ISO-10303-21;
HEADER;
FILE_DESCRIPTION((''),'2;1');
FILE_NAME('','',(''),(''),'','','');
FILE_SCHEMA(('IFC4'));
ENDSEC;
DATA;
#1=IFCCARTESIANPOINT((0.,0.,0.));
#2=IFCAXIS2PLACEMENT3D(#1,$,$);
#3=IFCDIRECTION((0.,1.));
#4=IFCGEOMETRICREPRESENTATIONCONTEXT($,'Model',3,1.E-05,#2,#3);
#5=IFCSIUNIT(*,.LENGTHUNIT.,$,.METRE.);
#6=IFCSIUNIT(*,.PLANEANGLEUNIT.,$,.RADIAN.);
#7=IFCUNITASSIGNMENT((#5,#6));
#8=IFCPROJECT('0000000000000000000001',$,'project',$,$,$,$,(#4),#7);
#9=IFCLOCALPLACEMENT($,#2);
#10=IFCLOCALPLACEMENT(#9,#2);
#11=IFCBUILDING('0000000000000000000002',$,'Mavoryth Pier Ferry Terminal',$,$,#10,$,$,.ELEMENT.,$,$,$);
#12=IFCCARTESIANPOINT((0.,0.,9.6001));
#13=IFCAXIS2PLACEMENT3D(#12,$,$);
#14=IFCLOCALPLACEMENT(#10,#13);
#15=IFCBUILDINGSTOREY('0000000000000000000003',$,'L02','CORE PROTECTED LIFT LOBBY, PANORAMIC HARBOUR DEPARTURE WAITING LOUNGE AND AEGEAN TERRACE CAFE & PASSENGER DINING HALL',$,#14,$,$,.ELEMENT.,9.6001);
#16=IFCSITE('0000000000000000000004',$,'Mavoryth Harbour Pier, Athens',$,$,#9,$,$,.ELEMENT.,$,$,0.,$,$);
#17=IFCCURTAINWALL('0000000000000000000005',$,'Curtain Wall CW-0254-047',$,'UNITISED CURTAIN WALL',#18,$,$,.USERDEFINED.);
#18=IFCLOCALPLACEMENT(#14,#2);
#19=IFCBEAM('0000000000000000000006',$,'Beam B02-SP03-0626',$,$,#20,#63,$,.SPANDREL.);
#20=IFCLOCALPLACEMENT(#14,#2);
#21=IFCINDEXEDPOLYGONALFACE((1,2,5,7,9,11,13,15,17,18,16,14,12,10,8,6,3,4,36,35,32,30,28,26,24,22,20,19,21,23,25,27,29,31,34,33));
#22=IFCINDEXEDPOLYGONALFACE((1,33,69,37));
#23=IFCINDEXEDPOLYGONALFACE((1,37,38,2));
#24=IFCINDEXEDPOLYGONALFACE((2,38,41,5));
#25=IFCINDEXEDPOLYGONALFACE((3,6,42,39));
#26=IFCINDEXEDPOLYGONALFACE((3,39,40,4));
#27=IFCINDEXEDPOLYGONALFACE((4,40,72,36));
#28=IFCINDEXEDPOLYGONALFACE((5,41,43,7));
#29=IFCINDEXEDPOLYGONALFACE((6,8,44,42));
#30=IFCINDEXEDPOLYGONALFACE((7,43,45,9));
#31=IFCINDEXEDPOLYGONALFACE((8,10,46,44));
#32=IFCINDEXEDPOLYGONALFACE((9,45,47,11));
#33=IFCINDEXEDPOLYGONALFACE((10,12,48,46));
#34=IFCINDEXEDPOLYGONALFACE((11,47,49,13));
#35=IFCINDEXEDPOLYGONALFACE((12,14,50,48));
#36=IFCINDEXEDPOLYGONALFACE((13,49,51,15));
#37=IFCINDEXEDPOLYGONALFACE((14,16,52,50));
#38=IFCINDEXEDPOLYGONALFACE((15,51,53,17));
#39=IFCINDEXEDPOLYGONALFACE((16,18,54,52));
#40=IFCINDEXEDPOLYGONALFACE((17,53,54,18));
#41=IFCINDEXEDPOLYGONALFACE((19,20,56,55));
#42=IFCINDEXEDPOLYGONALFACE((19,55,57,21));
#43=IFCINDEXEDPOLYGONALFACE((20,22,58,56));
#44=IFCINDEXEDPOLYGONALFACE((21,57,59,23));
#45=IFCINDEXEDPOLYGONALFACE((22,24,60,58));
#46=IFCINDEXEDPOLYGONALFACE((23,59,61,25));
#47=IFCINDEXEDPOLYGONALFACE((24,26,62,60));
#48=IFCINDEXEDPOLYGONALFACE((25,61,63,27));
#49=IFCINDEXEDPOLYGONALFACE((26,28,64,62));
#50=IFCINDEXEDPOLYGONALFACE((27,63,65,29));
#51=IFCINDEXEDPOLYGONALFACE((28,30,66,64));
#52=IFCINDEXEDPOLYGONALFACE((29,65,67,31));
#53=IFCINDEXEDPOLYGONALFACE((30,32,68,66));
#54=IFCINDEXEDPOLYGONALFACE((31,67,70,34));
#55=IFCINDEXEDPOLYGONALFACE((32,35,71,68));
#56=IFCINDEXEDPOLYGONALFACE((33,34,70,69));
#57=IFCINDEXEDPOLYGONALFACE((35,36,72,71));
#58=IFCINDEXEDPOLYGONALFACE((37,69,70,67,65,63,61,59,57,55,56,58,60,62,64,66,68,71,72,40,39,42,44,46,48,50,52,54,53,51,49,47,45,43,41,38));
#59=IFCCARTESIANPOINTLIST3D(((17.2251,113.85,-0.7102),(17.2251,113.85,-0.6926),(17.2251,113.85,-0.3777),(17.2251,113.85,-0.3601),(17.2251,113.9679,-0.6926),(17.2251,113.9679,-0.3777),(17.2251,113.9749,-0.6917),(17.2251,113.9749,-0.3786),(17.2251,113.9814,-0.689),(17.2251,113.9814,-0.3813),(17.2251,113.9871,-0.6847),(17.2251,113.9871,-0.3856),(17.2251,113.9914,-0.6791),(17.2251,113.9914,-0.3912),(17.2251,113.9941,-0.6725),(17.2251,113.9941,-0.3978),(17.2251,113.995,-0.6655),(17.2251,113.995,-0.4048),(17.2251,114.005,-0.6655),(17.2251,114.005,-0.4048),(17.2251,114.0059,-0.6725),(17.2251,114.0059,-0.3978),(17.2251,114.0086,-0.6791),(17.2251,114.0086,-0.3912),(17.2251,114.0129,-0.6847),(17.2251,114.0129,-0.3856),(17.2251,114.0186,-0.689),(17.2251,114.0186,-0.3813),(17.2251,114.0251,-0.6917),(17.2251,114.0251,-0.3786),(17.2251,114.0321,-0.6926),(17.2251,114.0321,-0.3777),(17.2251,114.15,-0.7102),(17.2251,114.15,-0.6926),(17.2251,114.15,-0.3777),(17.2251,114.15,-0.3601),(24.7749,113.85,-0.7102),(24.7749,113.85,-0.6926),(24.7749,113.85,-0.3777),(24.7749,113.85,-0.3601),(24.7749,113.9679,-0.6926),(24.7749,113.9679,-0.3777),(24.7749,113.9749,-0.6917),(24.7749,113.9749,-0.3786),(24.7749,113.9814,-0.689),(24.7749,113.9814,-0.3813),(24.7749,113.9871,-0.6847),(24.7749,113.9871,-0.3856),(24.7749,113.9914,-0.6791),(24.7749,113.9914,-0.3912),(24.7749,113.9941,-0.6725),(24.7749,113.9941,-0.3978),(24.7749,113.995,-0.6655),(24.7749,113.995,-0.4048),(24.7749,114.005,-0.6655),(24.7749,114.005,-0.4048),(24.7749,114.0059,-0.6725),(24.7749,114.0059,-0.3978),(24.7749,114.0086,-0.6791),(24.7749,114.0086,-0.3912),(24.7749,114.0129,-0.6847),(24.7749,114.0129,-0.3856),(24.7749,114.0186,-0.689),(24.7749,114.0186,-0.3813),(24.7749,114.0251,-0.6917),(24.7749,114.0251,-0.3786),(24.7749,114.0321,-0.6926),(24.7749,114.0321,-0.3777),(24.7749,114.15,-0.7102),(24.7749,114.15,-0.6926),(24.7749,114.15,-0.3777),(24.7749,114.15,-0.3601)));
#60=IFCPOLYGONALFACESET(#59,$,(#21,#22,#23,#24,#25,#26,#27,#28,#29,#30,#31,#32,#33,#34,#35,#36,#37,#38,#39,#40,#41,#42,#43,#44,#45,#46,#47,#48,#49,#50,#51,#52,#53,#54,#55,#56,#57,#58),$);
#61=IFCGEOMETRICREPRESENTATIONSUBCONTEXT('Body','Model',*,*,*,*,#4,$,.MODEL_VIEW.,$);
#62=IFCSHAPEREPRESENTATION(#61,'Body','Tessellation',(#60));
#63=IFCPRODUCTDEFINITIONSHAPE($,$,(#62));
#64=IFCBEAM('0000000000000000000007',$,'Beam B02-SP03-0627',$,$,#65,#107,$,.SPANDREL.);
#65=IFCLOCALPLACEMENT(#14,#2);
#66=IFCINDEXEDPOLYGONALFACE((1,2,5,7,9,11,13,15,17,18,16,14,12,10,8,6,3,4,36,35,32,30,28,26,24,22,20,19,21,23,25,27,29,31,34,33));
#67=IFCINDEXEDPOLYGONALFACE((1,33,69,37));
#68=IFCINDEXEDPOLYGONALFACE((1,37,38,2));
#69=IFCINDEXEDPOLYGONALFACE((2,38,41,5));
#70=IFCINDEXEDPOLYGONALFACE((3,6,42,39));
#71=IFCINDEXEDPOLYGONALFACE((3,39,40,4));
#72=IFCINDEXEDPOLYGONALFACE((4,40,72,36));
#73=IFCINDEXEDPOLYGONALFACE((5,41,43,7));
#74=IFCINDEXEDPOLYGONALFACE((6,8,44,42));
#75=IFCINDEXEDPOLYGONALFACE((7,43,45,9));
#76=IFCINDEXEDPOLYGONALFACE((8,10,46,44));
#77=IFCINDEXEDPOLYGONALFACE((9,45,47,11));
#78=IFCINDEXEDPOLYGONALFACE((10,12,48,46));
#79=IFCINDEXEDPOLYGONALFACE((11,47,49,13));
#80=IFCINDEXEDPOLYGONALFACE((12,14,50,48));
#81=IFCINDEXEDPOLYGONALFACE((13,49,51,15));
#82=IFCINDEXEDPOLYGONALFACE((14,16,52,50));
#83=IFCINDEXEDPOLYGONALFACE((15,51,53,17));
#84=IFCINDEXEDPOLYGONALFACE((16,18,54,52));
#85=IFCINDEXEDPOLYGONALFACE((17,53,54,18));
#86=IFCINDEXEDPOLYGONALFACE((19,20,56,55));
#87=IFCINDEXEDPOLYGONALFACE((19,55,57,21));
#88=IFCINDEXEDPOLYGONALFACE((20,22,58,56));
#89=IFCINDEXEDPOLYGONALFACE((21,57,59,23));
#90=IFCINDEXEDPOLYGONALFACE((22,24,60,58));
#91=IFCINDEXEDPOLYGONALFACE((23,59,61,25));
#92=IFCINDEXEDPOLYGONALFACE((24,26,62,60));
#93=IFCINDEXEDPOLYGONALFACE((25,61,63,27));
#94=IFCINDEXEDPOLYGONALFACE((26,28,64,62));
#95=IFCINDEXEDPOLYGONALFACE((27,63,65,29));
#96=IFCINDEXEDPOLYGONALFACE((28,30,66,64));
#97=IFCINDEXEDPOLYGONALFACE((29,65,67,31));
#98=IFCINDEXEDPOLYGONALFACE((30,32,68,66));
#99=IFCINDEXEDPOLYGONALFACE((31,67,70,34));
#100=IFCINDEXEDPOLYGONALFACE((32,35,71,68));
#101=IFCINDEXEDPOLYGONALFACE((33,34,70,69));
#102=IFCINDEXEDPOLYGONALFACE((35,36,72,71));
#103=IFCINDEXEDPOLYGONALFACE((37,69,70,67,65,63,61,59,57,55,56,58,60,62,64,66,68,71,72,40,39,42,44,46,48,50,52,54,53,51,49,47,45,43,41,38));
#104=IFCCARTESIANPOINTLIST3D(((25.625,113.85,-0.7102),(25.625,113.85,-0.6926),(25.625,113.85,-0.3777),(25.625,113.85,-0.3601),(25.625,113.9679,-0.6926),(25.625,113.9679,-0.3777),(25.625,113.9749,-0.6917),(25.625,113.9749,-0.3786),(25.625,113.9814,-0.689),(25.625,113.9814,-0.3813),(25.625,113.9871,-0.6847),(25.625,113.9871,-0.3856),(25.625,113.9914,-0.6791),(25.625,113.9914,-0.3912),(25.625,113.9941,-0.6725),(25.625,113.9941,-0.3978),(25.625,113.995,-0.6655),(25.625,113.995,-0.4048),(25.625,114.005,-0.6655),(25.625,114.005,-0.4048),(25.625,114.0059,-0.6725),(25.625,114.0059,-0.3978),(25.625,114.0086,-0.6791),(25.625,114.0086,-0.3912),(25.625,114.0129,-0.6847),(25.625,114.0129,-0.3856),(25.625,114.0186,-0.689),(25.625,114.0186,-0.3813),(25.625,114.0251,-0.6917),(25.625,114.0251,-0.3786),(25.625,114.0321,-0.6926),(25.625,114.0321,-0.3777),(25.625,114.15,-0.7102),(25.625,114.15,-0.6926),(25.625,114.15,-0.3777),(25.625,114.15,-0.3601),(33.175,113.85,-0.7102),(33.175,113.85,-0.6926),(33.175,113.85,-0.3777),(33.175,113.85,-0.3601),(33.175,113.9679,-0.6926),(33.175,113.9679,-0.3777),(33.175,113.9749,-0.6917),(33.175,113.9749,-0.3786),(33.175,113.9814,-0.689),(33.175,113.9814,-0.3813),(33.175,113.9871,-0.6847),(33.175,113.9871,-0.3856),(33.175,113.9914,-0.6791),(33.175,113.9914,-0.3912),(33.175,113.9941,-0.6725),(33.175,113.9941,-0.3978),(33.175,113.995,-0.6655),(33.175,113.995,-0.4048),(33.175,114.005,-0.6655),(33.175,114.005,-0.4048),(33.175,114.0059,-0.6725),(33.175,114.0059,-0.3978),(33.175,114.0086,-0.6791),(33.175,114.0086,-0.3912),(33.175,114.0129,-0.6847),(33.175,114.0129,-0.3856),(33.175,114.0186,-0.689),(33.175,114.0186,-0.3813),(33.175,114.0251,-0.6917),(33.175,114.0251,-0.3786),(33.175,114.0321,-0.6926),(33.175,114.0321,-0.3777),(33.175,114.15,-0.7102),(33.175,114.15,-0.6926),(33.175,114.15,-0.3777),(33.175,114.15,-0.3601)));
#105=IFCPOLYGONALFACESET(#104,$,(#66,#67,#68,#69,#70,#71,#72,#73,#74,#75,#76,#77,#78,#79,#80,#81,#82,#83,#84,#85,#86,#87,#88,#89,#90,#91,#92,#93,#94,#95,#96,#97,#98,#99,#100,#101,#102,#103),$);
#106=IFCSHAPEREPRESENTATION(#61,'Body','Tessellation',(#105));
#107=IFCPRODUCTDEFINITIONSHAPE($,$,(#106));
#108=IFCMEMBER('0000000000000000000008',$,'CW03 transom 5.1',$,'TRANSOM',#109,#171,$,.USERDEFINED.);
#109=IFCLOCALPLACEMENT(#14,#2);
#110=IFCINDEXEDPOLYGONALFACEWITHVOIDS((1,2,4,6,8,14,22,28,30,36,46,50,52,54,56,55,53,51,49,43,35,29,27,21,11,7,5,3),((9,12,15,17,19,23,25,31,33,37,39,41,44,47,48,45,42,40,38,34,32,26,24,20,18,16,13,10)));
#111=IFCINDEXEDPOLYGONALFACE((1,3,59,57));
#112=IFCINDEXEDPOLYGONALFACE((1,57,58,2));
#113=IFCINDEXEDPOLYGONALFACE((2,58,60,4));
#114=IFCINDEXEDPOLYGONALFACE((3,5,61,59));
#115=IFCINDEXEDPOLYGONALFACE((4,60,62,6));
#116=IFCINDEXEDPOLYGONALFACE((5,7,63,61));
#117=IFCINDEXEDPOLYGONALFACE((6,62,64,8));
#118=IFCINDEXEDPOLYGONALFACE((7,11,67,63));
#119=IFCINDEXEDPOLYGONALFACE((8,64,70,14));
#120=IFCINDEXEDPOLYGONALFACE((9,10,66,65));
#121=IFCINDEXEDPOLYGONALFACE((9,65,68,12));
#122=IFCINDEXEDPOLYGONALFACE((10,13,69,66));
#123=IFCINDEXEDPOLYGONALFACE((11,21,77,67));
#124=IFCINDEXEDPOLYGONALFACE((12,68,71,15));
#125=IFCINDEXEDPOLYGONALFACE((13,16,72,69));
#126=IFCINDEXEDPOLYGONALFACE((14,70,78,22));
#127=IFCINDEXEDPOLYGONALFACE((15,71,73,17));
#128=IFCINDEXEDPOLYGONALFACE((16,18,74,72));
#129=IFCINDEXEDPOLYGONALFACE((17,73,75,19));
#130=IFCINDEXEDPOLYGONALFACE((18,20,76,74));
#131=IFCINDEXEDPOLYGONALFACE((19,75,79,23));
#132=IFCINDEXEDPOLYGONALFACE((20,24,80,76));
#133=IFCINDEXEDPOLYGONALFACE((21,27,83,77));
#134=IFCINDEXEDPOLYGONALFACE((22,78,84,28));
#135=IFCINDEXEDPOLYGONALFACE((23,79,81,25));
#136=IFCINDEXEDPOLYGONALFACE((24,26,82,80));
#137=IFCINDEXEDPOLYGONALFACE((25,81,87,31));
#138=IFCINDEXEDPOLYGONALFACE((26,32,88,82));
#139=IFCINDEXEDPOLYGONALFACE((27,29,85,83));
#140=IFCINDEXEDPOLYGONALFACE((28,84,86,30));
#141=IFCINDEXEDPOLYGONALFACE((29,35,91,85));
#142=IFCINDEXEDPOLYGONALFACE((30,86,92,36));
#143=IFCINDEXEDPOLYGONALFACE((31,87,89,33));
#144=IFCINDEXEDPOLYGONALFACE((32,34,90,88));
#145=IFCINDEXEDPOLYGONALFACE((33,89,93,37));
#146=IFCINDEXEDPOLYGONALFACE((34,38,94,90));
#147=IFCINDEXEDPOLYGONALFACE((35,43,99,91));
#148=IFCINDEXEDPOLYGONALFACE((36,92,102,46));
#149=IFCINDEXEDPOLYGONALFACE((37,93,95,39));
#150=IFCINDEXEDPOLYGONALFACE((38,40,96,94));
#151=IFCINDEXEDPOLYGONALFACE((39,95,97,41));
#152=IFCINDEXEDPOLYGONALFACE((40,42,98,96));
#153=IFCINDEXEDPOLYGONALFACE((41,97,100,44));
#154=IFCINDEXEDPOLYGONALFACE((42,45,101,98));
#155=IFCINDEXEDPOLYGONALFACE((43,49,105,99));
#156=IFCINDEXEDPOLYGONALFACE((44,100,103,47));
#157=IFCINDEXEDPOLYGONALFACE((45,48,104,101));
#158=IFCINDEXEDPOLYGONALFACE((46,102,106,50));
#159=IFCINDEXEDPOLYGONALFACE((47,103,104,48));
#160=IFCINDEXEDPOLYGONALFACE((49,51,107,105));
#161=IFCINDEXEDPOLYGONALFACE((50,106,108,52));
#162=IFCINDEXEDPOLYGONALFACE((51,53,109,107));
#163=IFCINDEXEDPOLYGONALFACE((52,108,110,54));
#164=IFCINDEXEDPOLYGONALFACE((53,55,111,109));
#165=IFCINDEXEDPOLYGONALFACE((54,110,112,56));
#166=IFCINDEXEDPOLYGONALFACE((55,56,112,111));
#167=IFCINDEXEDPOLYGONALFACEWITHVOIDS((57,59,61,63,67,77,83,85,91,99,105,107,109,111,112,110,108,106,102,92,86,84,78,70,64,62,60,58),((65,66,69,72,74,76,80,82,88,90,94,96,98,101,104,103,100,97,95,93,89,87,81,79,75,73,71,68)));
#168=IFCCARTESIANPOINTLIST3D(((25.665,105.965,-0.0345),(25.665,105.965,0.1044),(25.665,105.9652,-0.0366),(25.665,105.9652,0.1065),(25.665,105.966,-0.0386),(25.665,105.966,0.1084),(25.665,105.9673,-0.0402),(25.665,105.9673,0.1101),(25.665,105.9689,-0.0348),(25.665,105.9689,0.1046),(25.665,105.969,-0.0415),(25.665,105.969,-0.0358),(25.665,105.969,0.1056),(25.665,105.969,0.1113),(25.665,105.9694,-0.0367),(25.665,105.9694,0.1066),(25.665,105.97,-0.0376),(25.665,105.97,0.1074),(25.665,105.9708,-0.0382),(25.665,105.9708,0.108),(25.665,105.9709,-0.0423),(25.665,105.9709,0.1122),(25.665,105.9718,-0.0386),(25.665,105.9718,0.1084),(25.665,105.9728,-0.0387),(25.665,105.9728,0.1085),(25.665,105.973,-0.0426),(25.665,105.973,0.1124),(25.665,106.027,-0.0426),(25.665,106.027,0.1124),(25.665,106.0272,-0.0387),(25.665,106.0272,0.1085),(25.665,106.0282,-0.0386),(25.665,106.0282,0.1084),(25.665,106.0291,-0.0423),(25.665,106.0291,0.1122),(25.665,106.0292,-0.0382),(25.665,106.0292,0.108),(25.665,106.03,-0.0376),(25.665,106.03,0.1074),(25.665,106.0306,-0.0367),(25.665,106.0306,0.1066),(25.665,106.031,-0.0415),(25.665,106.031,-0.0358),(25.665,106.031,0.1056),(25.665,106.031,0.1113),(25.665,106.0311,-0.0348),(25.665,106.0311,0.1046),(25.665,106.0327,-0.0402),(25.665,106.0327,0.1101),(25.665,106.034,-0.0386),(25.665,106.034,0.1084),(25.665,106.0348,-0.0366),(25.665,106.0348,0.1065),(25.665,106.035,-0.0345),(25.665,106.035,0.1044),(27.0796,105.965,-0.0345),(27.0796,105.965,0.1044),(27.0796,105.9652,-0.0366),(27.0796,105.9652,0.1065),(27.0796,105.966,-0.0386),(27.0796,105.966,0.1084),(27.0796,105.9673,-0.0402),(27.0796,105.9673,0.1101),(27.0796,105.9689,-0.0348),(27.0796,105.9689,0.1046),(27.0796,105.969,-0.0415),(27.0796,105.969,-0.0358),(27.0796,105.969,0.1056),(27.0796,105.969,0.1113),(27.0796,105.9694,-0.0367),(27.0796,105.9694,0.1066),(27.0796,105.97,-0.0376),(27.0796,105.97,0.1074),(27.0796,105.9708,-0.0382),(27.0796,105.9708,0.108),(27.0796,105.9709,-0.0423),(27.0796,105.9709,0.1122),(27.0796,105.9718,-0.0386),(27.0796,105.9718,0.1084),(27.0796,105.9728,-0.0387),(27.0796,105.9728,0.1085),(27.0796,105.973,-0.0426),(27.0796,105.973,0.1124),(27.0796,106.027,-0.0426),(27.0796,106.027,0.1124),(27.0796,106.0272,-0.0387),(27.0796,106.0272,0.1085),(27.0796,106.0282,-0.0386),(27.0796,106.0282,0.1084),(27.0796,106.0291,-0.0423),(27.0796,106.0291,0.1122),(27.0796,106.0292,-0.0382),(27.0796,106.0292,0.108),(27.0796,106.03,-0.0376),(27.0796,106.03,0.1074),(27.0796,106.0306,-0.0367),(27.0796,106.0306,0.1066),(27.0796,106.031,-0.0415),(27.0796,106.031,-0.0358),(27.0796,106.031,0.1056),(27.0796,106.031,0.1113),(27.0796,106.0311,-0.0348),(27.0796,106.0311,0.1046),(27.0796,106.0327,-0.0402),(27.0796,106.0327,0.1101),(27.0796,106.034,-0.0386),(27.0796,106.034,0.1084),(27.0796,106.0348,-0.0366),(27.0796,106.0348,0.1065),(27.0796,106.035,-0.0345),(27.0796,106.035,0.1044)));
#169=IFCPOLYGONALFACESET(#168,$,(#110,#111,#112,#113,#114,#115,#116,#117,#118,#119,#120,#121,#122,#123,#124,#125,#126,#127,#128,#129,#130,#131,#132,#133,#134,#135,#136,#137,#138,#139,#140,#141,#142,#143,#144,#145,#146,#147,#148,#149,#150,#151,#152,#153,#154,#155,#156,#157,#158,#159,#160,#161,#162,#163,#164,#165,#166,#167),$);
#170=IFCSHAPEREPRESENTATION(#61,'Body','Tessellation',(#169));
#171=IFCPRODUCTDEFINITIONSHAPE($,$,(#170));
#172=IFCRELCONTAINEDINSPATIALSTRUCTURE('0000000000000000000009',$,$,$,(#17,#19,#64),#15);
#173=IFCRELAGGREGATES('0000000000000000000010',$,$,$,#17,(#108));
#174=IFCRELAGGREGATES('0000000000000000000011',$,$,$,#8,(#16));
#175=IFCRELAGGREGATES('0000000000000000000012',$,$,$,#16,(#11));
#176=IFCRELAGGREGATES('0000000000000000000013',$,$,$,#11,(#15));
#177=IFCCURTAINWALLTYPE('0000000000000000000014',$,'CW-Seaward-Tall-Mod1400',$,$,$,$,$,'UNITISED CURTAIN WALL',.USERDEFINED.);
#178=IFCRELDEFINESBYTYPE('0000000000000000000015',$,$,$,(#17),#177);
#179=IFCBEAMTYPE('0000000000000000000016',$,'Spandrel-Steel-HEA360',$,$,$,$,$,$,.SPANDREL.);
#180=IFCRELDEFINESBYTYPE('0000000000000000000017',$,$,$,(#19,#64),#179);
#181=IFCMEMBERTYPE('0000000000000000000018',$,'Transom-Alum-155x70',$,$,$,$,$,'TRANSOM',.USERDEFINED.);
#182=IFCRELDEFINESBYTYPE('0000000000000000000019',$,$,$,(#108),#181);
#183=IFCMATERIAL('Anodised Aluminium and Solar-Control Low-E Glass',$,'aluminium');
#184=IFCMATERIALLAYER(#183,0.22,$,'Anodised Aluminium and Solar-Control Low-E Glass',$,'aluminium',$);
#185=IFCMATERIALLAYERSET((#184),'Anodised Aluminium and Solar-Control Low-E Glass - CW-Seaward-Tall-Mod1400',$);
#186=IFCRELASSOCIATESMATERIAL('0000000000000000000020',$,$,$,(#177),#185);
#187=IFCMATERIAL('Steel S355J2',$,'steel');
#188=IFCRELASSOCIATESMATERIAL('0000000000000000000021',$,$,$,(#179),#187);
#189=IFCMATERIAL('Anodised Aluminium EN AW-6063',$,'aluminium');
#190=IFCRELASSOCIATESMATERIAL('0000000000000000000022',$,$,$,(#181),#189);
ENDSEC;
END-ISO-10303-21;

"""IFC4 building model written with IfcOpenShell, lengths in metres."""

from ifc_helpers import new_model, si_unit, direction, frame, origin, origin_2d, place, context, subcontext, project, spatial, hollow_rectangle, i_section, extrude, material, layer, layer_set, material_profile, profile_set, type_object, element, aggregate, save


model = new_model("IFC4")

# Units and contexts
model_context = context("Model", 3, precision=1e-05, world=origin(), true_north=direction((0.0, 1.0)))
body_context = subcontext(model_context, "Body", "Model", "MODEL_VIEW")
ifc_project = project(units=[si_unit("LENGTHUNIT", "METRE"), si_unit("PLANEANGLEUNIT", "RADIAN")], contexts=[model_context])

# Site, building, storey
site_placement = place(None, origin())
site = spatial("IfcSite", under=ifc_project, at=site_placement, Name="Mavoryth Harbour Pier, Athens", CompositionType="ELEMENT", RefElevation=0.0)
building_placement = place(site_placement, origin())
building = spatial("IfcBuilding", under=site, at=building_placement, Name="Mavoryth Pier Ferry Terminal", CompositionType="ELEMENT")
storey_placement = place(building_placement, frame((0.0, 0.0, 9.6001)))
storey = spatial("IfcBuildingStorey", under=building, at=storey_placement, Name="L02", Description="CORE PROTECTED LIFT LOBBY, PANORAMIC HARBOUR DEPARTURE WAITING LOUNGE AND AEGEAN TERRACE CAFE & PASSENGER DINING HALL", CompositionType="ELEMENT", Elevation=9.6001)

# Shared definitions
ifc_material_1 = material(Name="Steel S355J2", Category="steel")

# Curtain wall
ifc_material_2 = material(Name="Anodised Aluminium and Solar-Control Low-E Glass", Category="aluminium")
ifc_layer_1 = layer(ifc_material_2, 0.22, Name="Anodised Aluminium and Solar-Control Low-E Glass", Category="aluminium")
ifc_layer_set_1 = layer_set([ifc_layer_1], Name="Anodised Aluminium and Solar-Control Low-E Glass - CW-Seaward-Tall-Mod1400")
curtain_wall_type = type_object("IfcCurtainWallType", Name="CW-Seaward-Tall-Mod1400", ElementType="UNITISED CURTAIN WALL", PredefinedType="USERDEFINED", material=ifc_layer_set_1)
curtain_wall_placement = place(storey_placement, origin())
curtain_wall = element("IfcCurtainWall", 1, at=curtain_wall_placement, inside=storey, type_object=curtain_wall_type, Name="Curtain Wall CW-0254-047", ObjectType="UNITISED CURTAIN WALL", PredefinedType="USERDEFINED")
ifc_material_3 = material(Name="Anodised Aluminium EN AW-6063", Category="aluminium")

# Beams
ifc_material_profile_1 = material_profile(ifc_material_1, i_section(OverallWidth=0.3, OverallDepth=0.3501, WebThickness=0.01, FlangeThickness=0.0176, FilletRadius=0.0271, at=origin_2d()), Name="HEA 360", Category="steel")
ifc_profile_set_1 = profile_set([ifc_material_profile_1], Name="Steel S355J2 - HEA 360")
beam_type_1 = type_object("IfcBeamType", Name="Spandrel-Steel-HEA360", PredefinedType="SPANDREL", material=ifc_profile_set_1)
beam_1_placement = place(storey_placement, frame((17.2251, 114.0, -0.5352), z_axis=(1.0, 0.0, 0.0), x_axis=(0.0, 1.0, 0.0)))
element("IfcBeam", 2, at=beam_1_placement, inside=storey, type_object=beam_type_1, Name="Beam B02-SP03-0626", PredefinedType="SPANDREL", context=body_context, shape_type="SweptSolid", body=[
    extrude(i_section(OverallWidth=0.3, OverallDepth=0.3501, WebThickness=0.01, FlangeThickness=0.0176, FilletRadius=0.0271, at=origin_2d()), origin(), (0.0, 0.0, 1.0), 7.5498),
])
beam_2_placement = place(storey_placement, frame((25.625, 114.0, -0.5352), z_axis=(1.0, 0.0, 0.0), x_axis=(0.0, 1.0, 0.0)))
element("IfcBeam", 3, at=beam_2_placement, inside=storey, type_object=beam_type_1, Name="Beam B02-SP03-0627", PredefinedType="SPANDREL", context=body_context, shape_type="SweptSolid", body=[
    extrude(i_section(OverallWidth=0.3, OverallDepth=0.3501, WebThickness=0.01, FlangeThickness=0.0176, FilletRadius=0.0271, at=origin_2d()), origin(), (0.0, 0.0, 1.0), 7.55),
])

# Member
ifc_material_profile_2 = material_profile(ifc_material_3, hollow_rectangle(XDim=0.0701, YDim=0.155, WallThickness=0.0039, InnerFilletRadius=0.0039, OuterFilletRadius=0.0081, at=origin_2d()), Name="AL-TRAN 155x70x4", Category="aluminium")
ifc_profile_set_2 = profile_set([ifc_material_profile_2], Name="Anodised Aluminium EN AW-6063 - AL-TRAN 155x70x4")
member_type_1 = type_object("IfcMemberType", Name="Transom-Alum-155x70", ElementType="TRANSOM", PredefinedType="USERDEFINED", material=ifc_profile_set_2)
member_1_placement = place(storey_placement, frame((27.0796, 106.0, 0.0349), z_axis=(-1.0, 0.0, 0.0), x_axis=(0.0, -1.0, 0.0)))
member_1 = element("IfcMember", 4, at=member_1_placement, type_object=member_type_1, Name="CW03 transom 5.1", ObjectType="TRANSOM", PredefinedType="USERDEFINED", context=body_context, shape_type="SweptSolid", body=[
    extrude(hollow_rectangle(XDim=0.0701, YDim=0.155, WallThickness=0.0039, InnerFilletRadius=0.0039, OuterFilletRadius=0.0081, at=origin_2d()), origin(), (0.0, 0.0, 1.0), 1.4146),
])

aggregate(curtain_wall, [member_1])

save(model, "model.ifc")
